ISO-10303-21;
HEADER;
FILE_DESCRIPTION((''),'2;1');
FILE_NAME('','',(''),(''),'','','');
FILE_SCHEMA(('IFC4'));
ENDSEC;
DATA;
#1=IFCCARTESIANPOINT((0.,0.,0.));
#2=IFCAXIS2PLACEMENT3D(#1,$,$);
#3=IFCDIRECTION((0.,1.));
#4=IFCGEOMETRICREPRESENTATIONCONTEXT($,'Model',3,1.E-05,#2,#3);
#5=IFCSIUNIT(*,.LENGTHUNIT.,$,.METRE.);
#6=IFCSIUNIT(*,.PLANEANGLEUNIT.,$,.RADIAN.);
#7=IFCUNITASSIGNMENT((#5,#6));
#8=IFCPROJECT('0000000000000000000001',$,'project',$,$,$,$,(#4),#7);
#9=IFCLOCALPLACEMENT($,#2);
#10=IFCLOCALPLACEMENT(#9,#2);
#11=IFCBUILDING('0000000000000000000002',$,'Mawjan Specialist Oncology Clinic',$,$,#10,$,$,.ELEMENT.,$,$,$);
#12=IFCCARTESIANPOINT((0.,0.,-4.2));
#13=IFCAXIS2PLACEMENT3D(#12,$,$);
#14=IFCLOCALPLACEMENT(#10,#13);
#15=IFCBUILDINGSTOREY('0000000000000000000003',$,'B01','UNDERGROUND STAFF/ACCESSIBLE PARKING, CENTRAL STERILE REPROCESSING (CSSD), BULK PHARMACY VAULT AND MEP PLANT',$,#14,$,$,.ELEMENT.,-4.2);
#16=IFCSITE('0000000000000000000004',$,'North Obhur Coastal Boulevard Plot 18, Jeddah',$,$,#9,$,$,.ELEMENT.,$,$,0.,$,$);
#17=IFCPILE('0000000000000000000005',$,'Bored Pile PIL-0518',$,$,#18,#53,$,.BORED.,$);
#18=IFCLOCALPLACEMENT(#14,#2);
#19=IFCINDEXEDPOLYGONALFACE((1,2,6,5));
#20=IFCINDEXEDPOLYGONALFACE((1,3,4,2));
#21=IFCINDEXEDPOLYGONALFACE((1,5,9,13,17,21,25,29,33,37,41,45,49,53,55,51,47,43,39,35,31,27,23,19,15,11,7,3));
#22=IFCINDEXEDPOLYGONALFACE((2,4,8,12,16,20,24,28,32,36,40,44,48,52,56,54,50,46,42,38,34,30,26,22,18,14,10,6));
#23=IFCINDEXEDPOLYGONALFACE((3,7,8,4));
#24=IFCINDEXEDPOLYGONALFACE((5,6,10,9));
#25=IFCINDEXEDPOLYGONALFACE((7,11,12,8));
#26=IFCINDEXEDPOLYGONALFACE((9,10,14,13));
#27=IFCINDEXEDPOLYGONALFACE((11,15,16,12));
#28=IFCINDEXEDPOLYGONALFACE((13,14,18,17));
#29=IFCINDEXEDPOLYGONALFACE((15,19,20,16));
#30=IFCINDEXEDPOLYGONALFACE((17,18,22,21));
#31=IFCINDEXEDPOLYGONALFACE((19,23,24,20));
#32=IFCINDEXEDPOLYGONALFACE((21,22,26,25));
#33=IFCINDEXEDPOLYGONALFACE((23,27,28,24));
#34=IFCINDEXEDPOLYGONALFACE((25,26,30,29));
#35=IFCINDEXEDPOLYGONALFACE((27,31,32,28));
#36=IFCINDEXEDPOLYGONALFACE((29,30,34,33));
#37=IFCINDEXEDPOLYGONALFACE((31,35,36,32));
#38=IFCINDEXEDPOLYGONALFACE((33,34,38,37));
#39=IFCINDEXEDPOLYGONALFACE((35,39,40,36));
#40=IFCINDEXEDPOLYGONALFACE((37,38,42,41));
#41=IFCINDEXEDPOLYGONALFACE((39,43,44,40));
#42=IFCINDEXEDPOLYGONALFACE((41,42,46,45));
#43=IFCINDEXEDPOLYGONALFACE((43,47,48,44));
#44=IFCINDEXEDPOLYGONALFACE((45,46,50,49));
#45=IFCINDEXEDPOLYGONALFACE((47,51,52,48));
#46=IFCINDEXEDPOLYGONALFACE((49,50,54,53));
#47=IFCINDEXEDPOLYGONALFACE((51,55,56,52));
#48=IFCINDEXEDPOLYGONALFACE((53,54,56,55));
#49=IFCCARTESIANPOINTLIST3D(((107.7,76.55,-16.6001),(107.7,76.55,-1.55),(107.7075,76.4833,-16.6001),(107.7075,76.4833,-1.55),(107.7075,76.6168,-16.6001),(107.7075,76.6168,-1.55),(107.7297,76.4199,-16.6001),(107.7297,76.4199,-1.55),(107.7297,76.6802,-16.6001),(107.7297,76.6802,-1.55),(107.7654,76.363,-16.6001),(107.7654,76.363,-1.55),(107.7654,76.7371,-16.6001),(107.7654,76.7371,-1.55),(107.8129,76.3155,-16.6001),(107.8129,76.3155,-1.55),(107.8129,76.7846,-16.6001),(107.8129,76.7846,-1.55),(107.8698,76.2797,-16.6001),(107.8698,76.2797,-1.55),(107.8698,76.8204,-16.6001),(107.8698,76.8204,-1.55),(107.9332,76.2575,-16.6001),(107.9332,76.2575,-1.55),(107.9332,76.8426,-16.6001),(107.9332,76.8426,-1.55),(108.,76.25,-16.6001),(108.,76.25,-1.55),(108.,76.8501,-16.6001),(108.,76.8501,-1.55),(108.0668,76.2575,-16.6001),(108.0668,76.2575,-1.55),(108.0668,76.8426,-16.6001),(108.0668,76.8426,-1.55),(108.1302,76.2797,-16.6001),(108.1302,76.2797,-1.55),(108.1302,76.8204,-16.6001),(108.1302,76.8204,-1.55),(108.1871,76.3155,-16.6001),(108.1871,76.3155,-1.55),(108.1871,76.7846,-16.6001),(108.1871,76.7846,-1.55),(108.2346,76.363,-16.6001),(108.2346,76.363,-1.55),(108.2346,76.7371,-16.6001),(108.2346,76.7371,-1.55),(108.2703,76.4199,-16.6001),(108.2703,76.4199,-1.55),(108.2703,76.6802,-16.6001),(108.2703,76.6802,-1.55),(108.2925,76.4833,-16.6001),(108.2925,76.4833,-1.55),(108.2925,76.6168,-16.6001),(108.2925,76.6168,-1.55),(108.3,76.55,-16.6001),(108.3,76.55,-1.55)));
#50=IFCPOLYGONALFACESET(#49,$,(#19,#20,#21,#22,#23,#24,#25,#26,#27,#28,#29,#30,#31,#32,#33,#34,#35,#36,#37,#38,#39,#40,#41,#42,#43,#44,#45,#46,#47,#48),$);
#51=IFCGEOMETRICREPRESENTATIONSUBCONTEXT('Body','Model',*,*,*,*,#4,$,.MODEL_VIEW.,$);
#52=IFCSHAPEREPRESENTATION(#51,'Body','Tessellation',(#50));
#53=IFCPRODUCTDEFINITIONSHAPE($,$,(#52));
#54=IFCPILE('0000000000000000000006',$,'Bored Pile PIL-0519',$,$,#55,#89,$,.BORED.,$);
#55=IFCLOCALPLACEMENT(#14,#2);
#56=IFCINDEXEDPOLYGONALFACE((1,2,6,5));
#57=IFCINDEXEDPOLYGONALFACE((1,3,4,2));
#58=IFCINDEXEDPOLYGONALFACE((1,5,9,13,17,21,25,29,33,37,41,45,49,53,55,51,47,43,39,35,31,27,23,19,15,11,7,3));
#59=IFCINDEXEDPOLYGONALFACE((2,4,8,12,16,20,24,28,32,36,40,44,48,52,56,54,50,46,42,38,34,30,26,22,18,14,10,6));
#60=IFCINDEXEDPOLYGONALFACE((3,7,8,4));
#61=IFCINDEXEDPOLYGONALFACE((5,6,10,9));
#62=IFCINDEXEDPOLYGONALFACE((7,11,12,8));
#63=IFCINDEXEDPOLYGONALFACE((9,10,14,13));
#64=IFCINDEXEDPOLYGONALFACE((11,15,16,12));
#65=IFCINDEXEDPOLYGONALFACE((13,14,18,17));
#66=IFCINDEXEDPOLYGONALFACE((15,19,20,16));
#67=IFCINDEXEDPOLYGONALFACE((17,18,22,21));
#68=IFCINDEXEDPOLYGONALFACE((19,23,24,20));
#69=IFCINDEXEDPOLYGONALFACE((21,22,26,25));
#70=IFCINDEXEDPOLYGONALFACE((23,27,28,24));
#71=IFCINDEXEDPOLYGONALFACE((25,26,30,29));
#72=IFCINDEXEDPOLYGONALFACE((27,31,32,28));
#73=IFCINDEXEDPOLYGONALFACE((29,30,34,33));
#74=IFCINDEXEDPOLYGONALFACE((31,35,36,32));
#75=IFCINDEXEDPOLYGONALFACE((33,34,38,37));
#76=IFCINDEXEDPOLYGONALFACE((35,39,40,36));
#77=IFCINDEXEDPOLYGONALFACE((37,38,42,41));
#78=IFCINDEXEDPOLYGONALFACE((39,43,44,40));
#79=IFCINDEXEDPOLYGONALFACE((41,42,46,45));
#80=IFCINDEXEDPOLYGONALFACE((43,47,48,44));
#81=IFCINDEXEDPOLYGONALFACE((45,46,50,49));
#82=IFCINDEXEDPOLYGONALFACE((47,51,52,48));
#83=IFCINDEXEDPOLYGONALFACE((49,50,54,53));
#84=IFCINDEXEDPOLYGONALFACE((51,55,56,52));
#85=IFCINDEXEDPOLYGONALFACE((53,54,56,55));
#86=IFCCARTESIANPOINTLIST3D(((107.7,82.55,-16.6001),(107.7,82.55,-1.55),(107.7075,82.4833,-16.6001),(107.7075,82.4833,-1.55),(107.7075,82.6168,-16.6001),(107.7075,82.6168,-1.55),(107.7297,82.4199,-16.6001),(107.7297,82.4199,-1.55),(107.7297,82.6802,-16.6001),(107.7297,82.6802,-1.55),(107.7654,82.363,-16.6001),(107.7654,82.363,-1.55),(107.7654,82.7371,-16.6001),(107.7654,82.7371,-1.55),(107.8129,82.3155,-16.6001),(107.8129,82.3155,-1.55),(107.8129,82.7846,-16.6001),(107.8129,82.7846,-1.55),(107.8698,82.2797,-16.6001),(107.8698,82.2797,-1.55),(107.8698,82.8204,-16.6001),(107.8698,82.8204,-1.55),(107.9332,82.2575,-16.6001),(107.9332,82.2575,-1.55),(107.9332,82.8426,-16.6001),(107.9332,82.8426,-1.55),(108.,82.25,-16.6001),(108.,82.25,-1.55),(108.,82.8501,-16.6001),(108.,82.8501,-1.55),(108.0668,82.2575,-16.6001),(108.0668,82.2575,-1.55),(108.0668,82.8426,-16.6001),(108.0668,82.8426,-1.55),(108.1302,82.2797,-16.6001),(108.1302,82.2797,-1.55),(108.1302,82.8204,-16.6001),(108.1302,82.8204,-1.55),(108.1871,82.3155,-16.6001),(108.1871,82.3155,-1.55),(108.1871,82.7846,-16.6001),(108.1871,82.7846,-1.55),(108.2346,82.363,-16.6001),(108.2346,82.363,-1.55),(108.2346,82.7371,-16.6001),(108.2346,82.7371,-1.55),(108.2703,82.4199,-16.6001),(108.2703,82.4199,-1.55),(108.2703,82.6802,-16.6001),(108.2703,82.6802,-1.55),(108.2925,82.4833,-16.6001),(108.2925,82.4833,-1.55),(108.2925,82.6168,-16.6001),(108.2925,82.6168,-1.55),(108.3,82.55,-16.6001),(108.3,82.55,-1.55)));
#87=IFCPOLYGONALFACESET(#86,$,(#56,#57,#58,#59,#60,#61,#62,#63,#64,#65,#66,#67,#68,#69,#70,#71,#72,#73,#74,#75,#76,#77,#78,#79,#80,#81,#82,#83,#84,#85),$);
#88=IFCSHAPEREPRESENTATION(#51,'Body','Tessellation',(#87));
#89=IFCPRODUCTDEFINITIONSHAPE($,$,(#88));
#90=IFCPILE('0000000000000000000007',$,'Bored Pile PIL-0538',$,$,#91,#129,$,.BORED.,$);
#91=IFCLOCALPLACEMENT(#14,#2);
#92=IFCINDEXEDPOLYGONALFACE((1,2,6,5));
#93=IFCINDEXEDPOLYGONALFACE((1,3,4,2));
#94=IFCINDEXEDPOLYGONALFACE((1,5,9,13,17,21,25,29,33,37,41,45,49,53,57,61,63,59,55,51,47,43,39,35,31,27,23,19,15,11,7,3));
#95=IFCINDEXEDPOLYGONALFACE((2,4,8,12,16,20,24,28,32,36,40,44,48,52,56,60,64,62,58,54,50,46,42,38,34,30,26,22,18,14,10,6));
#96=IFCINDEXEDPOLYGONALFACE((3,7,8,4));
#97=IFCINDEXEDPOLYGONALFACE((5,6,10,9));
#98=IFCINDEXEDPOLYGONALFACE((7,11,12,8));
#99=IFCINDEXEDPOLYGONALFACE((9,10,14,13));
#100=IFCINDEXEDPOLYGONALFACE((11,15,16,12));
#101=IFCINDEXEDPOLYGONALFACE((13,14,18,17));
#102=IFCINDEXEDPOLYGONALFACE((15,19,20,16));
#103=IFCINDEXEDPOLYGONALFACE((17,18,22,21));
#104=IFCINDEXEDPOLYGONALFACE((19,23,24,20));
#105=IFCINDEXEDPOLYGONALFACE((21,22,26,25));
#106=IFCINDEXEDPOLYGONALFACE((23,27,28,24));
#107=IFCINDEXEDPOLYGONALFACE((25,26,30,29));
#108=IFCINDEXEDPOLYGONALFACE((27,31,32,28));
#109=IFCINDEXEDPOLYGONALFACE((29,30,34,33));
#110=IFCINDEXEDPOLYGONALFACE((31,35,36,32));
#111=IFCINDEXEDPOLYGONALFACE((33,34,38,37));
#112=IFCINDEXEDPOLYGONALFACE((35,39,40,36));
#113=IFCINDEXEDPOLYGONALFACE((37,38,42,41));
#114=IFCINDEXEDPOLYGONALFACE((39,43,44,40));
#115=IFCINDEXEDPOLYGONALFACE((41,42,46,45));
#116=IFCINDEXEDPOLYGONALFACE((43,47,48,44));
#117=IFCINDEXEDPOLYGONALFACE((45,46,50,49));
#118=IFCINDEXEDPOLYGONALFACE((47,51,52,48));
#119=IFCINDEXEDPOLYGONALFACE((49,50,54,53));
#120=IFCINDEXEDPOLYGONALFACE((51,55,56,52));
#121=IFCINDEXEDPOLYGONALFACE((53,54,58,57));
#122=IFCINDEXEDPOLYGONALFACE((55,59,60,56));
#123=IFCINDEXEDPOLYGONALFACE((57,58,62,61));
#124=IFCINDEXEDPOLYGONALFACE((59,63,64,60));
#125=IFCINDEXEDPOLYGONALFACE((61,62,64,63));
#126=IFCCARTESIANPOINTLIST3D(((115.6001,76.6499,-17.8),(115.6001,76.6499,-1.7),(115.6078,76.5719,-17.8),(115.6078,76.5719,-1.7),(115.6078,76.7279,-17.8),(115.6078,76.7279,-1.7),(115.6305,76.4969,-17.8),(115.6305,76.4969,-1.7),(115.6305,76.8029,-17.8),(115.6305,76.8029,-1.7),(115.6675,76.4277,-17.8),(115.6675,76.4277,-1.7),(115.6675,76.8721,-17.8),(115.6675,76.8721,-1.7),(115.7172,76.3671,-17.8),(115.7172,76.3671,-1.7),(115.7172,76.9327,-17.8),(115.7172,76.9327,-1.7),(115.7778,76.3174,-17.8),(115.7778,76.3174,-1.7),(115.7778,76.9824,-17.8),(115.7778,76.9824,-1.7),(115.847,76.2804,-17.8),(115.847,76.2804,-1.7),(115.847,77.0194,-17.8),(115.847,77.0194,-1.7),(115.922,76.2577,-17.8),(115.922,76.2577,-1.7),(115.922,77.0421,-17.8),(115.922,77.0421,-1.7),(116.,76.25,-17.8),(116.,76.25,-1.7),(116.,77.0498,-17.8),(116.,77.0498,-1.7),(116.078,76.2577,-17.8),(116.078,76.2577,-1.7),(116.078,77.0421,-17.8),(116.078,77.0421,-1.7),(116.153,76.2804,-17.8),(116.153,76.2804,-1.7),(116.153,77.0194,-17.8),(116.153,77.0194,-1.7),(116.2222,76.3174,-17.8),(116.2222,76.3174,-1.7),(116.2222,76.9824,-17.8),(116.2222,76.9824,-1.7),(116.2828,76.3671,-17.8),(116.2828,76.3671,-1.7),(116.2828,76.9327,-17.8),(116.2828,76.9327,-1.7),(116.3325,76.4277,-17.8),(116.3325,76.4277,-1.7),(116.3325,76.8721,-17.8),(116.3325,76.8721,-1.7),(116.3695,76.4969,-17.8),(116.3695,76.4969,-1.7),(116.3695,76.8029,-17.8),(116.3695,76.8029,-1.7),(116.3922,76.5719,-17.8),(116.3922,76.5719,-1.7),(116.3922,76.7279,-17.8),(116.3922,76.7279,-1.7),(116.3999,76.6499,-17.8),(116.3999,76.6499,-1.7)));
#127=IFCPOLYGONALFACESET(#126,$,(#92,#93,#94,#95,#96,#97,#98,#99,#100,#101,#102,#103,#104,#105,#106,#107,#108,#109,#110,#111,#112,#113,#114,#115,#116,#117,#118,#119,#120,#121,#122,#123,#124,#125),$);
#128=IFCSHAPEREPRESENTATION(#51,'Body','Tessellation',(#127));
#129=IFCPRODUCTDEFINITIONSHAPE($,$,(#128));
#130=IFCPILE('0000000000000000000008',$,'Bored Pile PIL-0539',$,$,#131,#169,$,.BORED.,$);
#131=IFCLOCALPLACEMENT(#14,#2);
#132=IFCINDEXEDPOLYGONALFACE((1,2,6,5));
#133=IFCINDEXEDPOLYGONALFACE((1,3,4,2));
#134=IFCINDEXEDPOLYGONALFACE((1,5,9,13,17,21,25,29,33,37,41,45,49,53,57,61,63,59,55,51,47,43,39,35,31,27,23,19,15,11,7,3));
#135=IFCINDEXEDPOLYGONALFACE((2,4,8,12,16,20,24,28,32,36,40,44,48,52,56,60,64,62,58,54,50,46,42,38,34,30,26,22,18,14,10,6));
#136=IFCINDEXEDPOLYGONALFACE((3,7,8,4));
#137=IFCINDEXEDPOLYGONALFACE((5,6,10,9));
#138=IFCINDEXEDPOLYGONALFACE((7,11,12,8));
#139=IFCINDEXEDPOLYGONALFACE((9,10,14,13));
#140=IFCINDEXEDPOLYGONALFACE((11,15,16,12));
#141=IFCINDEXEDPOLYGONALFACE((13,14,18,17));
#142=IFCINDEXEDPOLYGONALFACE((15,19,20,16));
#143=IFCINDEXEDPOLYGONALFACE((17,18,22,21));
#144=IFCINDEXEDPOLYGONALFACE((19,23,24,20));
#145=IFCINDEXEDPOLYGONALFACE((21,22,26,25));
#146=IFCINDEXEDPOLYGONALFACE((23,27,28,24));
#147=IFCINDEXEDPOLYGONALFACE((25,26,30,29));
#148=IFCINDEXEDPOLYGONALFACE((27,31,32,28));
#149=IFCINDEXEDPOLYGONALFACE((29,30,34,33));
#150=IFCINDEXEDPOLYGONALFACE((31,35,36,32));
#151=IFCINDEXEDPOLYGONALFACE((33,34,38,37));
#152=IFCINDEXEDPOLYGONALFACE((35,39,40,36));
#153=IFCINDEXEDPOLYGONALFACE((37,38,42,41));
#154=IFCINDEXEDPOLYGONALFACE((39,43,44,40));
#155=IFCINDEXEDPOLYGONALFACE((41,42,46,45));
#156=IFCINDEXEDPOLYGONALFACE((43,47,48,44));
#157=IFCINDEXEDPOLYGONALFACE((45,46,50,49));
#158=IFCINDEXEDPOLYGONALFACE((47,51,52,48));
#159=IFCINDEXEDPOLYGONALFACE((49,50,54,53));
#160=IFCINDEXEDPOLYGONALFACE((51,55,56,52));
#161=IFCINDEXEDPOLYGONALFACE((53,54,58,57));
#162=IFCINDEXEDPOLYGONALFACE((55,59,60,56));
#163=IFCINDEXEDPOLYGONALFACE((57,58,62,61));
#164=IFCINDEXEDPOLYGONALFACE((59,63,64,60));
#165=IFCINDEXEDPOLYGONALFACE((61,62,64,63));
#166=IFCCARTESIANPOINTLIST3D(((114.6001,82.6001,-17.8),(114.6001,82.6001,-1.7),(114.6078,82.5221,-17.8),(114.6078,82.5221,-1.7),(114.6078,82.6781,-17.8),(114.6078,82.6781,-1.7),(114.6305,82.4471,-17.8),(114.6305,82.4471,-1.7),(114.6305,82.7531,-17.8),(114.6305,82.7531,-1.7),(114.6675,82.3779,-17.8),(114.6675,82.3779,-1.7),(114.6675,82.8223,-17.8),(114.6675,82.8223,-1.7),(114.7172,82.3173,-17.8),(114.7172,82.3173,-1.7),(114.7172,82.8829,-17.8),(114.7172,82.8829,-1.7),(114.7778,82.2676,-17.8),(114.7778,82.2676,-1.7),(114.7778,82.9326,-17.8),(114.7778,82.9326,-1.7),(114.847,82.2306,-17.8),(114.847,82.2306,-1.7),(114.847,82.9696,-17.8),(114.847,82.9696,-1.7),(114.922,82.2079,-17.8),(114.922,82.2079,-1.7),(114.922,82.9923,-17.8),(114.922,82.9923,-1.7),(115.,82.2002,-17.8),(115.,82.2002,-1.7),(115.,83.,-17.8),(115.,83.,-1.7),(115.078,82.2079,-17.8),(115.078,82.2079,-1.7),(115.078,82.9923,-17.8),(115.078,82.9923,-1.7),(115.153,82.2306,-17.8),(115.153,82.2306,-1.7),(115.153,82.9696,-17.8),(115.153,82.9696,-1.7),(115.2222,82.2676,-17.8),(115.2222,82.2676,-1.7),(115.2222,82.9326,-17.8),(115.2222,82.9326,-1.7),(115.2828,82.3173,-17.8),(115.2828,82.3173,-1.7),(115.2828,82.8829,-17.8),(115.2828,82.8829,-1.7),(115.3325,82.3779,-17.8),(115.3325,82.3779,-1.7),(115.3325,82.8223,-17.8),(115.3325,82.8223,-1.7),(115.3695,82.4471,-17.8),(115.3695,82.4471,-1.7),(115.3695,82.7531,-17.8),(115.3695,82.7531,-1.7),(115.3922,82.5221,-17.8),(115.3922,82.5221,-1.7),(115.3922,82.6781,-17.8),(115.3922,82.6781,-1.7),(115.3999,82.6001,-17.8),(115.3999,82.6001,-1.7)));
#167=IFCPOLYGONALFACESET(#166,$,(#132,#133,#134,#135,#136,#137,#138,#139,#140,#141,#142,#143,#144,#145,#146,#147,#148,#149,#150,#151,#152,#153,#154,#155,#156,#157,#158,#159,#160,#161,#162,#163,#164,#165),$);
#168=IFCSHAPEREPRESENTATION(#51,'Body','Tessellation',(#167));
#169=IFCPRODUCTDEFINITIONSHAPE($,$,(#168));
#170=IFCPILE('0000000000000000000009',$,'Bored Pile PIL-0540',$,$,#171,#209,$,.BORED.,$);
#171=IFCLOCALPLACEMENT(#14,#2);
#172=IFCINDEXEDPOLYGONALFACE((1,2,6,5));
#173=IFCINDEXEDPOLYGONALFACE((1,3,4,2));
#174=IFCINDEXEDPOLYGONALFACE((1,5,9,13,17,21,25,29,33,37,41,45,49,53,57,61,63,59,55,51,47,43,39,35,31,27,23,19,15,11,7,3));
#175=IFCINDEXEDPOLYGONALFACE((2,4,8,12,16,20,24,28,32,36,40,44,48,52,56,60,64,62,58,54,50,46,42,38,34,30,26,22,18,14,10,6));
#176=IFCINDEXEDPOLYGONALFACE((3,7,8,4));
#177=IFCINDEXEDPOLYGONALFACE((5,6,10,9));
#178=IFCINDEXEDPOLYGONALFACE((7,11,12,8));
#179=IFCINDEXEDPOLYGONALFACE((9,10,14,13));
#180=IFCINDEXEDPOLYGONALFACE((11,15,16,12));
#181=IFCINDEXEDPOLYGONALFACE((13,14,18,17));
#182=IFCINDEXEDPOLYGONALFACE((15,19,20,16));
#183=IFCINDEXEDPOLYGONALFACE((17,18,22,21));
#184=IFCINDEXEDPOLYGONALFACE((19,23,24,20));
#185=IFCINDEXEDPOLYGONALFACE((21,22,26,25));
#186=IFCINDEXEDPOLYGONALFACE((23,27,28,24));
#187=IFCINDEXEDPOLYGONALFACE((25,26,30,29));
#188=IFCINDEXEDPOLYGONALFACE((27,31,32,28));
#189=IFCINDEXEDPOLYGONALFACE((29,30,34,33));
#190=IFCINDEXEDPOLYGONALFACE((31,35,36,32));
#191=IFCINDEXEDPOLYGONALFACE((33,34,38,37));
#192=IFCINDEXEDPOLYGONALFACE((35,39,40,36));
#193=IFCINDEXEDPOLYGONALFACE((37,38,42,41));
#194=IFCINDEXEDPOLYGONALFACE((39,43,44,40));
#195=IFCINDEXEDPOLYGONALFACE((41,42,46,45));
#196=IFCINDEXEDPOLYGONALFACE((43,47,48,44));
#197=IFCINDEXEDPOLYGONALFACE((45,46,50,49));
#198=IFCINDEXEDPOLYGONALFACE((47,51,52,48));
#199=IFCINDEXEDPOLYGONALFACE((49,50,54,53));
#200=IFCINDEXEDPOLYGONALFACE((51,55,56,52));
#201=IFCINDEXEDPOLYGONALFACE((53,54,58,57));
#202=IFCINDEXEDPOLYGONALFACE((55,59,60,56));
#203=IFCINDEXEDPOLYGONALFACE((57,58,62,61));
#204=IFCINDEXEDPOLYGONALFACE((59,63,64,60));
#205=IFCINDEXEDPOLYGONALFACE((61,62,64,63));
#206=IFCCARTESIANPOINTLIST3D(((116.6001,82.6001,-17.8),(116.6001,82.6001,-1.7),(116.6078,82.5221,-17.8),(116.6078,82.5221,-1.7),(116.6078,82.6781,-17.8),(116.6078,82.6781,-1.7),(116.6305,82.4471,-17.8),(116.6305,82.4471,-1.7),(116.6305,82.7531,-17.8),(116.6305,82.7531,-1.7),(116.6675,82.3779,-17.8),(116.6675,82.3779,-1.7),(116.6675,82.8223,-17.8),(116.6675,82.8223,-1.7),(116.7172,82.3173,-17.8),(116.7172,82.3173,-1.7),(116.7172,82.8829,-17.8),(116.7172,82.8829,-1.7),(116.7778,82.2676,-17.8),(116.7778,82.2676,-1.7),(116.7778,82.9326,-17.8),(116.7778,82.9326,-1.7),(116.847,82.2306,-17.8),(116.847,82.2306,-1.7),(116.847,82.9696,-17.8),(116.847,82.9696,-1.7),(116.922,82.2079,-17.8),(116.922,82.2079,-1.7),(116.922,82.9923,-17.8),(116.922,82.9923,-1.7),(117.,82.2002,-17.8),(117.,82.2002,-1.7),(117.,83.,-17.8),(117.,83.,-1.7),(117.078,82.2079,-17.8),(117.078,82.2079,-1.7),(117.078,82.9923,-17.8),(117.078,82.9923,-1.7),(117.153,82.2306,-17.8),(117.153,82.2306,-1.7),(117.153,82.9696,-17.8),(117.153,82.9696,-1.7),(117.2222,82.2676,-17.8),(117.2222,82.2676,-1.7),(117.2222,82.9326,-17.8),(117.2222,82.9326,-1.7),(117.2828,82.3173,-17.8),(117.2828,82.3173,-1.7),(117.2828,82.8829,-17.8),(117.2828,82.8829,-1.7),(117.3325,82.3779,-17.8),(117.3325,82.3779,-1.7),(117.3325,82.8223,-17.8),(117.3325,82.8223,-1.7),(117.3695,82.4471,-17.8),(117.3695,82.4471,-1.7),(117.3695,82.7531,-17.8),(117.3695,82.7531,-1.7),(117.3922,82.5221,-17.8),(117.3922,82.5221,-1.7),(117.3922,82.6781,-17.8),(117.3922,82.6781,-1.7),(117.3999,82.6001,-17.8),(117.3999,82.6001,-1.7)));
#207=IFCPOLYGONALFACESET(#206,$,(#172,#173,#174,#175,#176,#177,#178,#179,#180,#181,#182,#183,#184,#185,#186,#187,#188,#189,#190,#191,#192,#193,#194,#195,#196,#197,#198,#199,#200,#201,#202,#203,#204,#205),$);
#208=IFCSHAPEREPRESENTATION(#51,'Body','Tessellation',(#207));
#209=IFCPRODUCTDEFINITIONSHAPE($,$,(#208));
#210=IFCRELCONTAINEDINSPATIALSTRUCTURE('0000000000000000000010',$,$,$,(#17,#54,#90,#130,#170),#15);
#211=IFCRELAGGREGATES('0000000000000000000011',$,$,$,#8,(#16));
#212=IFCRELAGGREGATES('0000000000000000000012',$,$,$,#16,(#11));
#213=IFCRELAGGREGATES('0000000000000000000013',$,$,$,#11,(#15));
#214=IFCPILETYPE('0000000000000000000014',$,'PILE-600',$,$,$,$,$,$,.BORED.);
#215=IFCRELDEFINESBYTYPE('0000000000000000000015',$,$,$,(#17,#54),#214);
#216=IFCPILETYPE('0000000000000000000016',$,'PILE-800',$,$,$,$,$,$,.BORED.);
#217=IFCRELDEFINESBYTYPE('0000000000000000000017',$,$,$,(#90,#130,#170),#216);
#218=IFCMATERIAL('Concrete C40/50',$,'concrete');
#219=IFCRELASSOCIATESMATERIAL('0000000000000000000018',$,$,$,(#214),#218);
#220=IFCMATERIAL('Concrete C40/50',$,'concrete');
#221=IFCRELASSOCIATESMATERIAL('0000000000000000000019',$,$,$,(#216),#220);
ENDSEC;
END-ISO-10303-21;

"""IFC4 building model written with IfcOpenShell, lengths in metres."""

from ifc_helpers import new_model, si_unit, direction, frame, origin, origin_2d, place, context, subcontext, project, spatial, circle, extrude, material, material_profile, profile_set, type_object, element, save


model = new_model("IFC4")

# Units and contexts
model_context = context("Model", 3, precision=1e-05, world=origin(), true_north=direction((0.0, 1.0)))
body_context = subcontext(model_context, "Body", "Model", "MODEL_VIEW")
ifc_project = project(units=[si_unit("LENGTHUNIT", "METRE"), si_unit("PLANEANGLEUNIT", "RADIAN")], contexts=[model_context])

# Site, building, storey
site_placement = place(None, origin())
site = spatial("IfcSite", under=ifc_project, at=site_placement, Name="North Obhur Coastal Boulevard Plot 18, Jeddah", CompositionType="ELEMENT", RefElevation=0.0)
building_placement = place(site_placement, origin())
building = spatial("IfcBuilding", under=site, at=building_placement, Name="Mawjan Specialist Oncology Clinic", CompositionType="ELEMENT")
storey_placement = place(building_placement, frame((0.0, 0.0, -4.2)))
storey = spatial("IfcBuildingStorey", under=building, at=storey_placement, Name="B01", Description="UNDERGROUND STAFF/ACCESSIBLE PARKING, CENTRAL STERILE REPROCESSING (CSSD), BULK PHARMACY VAULT AND MEP PLANT", CompositionType="ELEMENT", Elevation=-4.2)

# Piles
ifc_material_1 = material(Name="Concrete C40/50", Category="concrete")
ifc_material_profile_1 = material_profile(ifc_material_1, circle(Radius=0.3, at=origin_2d()), Name="BORED PILE D600", Category="concrete")
ifc_profile_set_1 = profile_set([ifc_material_profile_1], Name="Concrete C40/50")
pile_type_1 = type_object("IfcPileType", Name="PILE-600", PredefinedType="BORED", material=ifc_profile_set_1)
for number, where, z_axis, x_axis, name in (
    (1, (108.0, 76.55, -1.55), (0.0, 0.0, -1.0), (1.0, 0.0, 0.0), "Bored Pile PIL-0518"),
    (2, (108.0, 82.55, -1.55), (0.0, 0.0, -1.0), (1.0, 0.0, 0.0), "Bored Pile PIL-0519"),
):
    element("IfcPile", number, at=place(storey_placement, frame(where, z_axis=z_axis, x_axis=x_axis)), inside=storey, type_object=pile_type_1, Name=name, PredefinedType="BORED", context=body_context, shape_type="SweptSolid", body=[
        extrude(circle(Radius=0.3, at=origin_2d()), origin(), (0.0, 0.0, 1.0), 15.05),
    ])
ifc_material_2 = material(Name="Concrete C40/50", Category="concrete")
ifc_material_profile_2 = material_profile(ifc_material_2, circle(Radius=0.3999, at=origin_2d()), Name="BORED PILE D800", Category="concrete")
ifc_profile_set_2 = profile_set([ifc_material_profile_2], Name="Concrete C40/50")
pile_type_2 = type_object("IfcPileType", Name="PILE-800", PredefinedType="BORED", material=ifc_profile_set_2)
for number, where, z_axis, x_axis, name in (
    (3, (116.0, 76.6499, -1.7), (0.0, 0.0, -1.0), (1.0, 0.0, 0.0), "Bored Pile PIL-0538"),
    (4, (115.0, 82.6001, -1.7), (0.0, 0.0, -1.0), (1.0, 0.0, 0.0), "Bored Pile PIL-0539"),
    (5, (117.0, 82.6001, -1.7), (0.0, 0.0, -1.0), (1.0, 0.0, 0.0), "Bored Pile PIL-0540"),
):
    element("IfcPile", number, at=place(storey_placement, frame(where, z_axis=z_axis, x_axis=x_axis)), inside=storey, type_object=pile_type_2, Name=name, PredefinedType="BORED", context=body_context, shape_type="SweptSolid", body=[
        extrude(circle(Radius=0.3999, at=origin_2d()), origin(), (0.0, 0.0, 1.0), 16.1001),
    ])

save(model, "model.ifc")
